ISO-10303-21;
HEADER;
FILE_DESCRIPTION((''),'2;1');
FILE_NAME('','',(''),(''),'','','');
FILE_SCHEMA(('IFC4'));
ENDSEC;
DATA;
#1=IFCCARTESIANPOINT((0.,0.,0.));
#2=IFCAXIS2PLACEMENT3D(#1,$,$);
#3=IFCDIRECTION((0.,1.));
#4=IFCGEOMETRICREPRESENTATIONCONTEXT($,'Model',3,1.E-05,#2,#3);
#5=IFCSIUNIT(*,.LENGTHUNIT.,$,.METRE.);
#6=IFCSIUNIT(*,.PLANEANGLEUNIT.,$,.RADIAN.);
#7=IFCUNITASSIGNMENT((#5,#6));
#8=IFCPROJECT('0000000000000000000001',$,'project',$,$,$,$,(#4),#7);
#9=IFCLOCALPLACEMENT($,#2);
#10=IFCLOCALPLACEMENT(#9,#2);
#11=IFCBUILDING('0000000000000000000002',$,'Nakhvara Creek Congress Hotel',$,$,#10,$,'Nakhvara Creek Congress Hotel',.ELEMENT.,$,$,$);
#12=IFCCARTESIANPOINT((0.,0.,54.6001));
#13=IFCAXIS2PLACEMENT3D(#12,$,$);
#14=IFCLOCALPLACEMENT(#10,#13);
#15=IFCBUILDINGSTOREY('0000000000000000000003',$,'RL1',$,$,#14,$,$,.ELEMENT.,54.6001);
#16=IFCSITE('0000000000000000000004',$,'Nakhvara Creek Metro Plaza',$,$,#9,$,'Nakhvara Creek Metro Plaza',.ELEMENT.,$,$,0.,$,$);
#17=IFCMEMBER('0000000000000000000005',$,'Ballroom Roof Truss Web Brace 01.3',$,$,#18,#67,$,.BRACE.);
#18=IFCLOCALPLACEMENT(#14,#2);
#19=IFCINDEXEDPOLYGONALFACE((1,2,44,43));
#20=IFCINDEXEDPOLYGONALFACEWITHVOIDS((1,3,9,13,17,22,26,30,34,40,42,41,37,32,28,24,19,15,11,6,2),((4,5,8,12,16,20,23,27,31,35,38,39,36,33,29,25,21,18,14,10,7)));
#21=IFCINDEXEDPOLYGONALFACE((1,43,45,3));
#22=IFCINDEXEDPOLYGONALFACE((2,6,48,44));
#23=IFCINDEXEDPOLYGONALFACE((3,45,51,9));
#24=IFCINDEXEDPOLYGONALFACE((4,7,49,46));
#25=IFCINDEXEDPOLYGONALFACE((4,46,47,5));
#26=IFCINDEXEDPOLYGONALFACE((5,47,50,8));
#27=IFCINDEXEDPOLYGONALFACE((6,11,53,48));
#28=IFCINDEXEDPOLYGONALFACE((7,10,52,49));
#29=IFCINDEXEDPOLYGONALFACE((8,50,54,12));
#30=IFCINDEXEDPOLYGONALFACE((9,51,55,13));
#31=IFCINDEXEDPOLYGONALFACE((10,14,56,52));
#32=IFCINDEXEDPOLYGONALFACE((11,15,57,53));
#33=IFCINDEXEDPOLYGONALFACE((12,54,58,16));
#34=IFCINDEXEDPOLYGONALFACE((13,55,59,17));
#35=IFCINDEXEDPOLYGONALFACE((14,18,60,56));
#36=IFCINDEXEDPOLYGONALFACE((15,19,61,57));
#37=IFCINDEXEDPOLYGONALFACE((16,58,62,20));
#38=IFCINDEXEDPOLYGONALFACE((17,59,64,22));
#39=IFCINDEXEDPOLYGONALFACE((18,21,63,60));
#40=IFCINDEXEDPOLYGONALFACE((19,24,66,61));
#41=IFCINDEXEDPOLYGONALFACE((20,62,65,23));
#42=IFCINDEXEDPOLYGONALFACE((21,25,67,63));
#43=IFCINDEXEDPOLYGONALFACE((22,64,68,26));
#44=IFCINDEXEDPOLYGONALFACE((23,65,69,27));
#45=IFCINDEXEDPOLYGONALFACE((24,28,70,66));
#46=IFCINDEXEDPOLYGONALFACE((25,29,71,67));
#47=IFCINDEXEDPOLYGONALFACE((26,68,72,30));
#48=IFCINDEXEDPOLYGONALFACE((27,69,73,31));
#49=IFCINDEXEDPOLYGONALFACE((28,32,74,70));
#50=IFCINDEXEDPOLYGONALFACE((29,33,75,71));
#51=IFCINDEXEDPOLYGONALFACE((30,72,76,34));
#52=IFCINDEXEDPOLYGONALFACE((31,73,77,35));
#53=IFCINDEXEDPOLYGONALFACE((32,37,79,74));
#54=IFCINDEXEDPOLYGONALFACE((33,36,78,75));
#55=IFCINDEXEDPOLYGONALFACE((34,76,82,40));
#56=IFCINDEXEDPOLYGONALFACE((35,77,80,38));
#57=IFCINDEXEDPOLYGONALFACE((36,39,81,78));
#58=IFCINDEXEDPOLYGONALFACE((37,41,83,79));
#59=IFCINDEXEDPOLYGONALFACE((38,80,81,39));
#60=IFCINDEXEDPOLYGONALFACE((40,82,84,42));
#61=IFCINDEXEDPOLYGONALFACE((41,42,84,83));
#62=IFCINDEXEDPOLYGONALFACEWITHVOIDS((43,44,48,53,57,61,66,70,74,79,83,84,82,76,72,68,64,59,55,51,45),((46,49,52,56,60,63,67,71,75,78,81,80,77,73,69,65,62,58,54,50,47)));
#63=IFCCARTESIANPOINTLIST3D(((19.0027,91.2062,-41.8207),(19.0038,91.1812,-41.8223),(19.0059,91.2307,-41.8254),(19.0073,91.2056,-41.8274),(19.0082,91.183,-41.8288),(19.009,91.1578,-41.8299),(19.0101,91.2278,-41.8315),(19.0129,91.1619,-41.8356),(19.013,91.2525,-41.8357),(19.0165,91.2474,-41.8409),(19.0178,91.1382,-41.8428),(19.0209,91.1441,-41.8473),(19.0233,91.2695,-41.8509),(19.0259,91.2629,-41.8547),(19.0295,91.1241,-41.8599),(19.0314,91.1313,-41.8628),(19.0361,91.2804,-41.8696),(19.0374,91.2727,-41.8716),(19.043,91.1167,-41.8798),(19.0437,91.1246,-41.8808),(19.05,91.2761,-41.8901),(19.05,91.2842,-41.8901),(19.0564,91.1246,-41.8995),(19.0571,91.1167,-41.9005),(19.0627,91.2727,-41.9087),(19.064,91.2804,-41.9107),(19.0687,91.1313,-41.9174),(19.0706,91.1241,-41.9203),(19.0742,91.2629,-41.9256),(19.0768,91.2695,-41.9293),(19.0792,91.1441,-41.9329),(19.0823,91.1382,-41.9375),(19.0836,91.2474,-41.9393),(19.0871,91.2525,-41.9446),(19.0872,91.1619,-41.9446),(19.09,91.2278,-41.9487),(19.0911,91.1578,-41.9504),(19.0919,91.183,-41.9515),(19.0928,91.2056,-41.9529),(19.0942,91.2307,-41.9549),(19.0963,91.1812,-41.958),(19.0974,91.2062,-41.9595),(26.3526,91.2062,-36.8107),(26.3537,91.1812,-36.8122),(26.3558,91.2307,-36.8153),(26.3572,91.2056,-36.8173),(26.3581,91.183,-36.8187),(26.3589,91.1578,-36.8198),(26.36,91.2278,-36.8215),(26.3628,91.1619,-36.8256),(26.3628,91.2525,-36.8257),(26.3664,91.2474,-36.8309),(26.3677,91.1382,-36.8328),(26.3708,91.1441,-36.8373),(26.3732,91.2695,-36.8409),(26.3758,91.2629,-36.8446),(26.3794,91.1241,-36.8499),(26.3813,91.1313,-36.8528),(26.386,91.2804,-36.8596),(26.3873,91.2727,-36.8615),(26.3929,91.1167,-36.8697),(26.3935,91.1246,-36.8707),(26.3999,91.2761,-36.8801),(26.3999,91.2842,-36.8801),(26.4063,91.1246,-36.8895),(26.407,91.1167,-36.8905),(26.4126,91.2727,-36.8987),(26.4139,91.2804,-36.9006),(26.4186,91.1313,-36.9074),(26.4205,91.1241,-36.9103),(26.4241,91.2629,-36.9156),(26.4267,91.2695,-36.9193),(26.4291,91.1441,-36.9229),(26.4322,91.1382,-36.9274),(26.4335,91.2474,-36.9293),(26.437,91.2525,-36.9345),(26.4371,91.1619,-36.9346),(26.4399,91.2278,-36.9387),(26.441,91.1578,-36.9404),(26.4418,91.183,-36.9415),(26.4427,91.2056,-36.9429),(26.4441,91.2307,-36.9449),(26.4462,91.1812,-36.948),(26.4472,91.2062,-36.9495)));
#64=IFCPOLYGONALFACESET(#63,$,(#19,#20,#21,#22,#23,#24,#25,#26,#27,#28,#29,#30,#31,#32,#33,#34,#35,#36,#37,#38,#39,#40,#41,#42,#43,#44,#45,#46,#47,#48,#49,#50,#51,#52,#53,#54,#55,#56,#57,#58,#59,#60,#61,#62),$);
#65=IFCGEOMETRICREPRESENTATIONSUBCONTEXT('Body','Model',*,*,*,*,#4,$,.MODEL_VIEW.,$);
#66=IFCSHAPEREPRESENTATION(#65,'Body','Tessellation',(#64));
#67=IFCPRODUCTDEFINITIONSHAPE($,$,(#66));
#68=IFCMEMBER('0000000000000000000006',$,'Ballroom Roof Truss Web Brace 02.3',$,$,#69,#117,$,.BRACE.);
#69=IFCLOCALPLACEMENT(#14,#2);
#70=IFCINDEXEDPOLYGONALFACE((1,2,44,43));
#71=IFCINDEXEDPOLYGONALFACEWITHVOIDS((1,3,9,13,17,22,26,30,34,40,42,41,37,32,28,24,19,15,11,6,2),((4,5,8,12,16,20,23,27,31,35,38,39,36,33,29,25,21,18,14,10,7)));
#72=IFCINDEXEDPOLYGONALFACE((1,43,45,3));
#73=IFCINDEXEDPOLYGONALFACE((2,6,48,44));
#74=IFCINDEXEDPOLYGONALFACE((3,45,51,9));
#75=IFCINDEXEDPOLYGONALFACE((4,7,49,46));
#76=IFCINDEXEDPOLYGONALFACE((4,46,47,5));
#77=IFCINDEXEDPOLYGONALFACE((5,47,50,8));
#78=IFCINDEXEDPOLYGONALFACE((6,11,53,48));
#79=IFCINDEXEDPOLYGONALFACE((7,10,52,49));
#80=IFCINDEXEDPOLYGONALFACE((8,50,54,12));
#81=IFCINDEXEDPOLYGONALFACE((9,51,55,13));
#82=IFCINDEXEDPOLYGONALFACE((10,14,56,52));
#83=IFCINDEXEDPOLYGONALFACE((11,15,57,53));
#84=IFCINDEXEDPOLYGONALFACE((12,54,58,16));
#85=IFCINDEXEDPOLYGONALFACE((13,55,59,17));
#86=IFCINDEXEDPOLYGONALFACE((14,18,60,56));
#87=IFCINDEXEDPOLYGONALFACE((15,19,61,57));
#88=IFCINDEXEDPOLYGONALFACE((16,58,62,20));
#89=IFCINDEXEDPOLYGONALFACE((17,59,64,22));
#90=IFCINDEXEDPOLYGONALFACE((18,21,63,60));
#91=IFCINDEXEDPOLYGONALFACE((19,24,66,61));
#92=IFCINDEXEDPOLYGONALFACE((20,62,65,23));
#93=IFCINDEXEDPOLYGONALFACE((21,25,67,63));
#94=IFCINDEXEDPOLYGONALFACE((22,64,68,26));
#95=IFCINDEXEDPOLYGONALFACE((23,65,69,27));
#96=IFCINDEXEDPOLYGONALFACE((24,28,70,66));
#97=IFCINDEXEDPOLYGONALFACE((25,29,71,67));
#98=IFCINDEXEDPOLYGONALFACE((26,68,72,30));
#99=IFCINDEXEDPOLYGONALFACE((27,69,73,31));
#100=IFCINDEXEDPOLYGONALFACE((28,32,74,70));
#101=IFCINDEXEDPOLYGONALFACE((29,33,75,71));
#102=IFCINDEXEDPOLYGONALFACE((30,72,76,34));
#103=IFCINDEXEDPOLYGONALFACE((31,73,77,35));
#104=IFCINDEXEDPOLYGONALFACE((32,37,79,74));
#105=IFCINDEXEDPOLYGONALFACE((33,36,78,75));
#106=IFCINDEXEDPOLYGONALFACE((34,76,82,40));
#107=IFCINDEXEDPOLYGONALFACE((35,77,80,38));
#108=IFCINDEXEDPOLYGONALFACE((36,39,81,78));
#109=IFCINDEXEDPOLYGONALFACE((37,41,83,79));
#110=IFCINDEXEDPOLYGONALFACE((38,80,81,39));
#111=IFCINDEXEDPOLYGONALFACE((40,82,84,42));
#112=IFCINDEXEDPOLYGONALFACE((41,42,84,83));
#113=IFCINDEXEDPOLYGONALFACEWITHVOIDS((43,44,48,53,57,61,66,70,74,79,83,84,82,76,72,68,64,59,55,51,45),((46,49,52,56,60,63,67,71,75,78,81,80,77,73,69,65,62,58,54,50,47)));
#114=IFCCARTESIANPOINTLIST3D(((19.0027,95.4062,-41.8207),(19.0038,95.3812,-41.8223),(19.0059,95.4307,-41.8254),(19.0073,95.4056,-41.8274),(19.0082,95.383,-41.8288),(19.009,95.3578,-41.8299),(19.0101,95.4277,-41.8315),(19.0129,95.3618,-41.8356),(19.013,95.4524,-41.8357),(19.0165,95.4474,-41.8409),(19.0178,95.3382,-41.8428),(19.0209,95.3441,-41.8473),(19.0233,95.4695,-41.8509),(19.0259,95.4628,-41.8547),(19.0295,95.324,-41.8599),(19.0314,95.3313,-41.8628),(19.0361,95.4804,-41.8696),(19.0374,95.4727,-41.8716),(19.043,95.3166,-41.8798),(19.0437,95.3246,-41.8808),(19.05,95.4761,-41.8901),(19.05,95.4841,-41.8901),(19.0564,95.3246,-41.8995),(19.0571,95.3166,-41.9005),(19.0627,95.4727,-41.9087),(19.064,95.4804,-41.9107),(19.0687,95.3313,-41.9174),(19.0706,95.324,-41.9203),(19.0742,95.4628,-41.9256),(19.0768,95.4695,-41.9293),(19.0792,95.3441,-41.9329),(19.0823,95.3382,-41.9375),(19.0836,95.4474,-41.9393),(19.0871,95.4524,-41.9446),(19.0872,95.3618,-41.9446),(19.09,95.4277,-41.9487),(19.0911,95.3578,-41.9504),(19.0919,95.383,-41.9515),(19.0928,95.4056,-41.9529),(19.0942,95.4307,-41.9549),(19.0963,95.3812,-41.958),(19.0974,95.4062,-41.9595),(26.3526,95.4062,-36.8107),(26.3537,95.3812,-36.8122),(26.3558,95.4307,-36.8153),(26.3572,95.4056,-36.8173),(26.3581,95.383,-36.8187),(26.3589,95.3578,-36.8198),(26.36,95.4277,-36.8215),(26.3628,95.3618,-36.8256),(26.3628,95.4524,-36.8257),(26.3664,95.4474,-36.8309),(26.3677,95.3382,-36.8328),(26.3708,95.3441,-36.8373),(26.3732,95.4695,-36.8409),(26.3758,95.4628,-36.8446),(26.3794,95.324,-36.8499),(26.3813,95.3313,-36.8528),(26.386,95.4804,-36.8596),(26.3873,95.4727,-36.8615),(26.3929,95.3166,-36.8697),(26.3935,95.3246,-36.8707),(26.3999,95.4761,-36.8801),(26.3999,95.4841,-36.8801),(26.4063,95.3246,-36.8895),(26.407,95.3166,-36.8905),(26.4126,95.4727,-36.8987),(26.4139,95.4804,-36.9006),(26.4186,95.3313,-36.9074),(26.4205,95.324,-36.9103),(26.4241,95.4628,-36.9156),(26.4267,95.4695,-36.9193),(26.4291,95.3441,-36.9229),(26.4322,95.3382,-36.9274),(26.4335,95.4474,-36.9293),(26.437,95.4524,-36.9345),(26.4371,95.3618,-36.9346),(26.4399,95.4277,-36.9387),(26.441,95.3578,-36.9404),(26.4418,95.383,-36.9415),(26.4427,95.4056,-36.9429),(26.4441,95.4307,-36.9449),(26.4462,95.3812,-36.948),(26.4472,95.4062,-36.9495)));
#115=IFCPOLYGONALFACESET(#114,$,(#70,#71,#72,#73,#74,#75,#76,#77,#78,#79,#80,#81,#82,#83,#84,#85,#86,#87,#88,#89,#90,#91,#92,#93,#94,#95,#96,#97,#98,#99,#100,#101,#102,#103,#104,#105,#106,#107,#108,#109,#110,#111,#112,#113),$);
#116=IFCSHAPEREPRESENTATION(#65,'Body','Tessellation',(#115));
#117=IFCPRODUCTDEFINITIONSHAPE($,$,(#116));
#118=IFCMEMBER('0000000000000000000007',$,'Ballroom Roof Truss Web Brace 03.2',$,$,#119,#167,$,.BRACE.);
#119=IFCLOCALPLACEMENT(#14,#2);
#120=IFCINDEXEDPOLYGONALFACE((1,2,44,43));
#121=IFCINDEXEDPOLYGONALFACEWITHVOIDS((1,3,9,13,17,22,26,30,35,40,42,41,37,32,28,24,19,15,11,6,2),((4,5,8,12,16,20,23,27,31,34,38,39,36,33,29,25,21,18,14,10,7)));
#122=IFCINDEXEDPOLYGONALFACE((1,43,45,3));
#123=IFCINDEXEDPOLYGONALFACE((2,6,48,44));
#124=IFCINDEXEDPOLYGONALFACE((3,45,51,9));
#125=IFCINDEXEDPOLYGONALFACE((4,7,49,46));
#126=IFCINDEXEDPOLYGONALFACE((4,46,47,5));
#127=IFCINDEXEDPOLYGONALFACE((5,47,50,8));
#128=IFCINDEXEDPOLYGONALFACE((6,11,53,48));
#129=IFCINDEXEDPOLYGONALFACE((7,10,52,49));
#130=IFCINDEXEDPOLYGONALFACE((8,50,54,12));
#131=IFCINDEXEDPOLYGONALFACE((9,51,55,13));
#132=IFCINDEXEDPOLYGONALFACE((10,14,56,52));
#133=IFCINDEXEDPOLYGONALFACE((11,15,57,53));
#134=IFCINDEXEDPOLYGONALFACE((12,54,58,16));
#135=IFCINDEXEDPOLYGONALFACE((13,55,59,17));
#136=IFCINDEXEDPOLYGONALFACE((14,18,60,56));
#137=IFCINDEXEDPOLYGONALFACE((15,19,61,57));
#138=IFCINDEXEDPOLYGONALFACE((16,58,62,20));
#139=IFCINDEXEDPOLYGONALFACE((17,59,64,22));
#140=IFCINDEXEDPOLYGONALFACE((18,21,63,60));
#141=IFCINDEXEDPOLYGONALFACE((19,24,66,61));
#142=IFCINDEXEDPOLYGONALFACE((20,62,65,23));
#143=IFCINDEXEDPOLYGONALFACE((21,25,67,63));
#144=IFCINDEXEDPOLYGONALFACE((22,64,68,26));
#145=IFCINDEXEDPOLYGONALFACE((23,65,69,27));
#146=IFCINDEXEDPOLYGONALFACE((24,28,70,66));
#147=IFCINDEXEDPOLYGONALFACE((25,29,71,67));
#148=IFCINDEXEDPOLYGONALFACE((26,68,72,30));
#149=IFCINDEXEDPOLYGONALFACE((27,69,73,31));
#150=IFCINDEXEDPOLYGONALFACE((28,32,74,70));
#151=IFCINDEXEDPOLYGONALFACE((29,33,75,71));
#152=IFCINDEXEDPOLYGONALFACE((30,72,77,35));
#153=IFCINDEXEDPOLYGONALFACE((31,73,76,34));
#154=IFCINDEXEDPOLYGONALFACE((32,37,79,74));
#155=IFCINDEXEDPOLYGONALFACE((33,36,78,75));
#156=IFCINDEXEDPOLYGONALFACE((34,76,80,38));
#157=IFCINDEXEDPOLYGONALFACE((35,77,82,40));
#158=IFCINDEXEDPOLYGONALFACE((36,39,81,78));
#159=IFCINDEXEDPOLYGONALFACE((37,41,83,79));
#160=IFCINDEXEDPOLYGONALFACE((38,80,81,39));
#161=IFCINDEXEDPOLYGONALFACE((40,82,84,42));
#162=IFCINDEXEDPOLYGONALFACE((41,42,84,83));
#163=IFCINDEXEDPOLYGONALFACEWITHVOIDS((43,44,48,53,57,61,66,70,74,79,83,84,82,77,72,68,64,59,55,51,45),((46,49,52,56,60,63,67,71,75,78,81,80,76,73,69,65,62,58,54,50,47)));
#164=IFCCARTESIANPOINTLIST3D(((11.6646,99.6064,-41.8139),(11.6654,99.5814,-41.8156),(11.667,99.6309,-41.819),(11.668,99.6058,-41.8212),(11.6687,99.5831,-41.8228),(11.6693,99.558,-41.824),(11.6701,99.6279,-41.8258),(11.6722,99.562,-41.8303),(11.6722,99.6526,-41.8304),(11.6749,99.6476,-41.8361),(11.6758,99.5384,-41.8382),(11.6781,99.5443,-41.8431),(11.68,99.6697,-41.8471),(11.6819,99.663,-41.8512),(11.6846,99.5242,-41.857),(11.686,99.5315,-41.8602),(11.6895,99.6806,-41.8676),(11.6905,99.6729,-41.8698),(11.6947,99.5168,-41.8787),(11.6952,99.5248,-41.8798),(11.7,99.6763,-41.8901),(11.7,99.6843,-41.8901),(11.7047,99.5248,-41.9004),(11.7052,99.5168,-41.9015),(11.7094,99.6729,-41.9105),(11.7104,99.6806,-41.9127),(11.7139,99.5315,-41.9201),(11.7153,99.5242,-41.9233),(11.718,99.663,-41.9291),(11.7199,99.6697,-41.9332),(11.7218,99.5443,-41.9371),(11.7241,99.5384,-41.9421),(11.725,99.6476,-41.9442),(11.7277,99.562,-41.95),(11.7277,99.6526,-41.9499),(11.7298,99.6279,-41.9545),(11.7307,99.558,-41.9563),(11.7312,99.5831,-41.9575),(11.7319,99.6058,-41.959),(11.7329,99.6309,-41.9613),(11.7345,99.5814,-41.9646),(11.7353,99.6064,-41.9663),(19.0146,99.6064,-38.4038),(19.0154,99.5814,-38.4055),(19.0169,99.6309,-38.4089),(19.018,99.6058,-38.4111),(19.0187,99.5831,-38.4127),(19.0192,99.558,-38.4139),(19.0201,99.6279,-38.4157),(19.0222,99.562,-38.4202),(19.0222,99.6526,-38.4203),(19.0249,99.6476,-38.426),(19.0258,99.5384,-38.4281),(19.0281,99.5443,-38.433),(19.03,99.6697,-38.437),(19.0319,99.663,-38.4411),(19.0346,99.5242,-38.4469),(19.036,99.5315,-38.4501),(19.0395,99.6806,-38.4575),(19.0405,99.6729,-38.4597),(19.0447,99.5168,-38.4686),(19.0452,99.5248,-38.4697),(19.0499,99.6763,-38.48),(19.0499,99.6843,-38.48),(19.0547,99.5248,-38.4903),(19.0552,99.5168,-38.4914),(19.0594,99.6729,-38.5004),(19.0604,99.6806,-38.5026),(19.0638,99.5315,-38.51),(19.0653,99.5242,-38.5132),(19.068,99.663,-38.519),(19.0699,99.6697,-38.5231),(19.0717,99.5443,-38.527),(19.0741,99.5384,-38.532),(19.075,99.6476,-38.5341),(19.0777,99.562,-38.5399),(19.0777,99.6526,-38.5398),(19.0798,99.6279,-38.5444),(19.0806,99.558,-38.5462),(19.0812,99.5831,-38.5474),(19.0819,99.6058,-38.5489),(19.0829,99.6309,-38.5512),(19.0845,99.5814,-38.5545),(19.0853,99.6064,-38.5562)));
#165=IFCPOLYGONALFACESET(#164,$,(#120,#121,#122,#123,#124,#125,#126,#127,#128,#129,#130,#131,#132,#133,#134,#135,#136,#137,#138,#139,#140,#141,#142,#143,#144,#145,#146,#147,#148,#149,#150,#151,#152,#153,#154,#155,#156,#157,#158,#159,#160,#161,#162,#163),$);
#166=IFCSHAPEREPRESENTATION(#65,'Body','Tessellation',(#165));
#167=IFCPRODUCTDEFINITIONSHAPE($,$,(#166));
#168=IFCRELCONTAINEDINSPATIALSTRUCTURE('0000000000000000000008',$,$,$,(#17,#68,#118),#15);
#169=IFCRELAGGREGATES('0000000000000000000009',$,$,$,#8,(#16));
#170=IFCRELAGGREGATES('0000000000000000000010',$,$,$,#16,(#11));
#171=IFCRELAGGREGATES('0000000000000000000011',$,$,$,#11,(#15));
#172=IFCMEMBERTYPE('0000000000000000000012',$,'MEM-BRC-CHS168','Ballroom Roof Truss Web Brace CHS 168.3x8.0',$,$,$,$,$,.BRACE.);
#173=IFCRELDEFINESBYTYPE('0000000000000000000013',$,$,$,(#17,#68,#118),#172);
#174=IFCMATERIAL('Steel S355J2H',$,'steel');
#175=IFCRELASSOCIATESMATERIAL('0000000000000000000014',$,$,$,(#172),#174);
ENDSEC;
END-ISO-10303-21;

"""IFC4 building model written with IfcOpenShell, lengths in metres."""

from ifc_helpers import new_model, si_unit, direction, frame, origin, origin_2d, place, context, subcontext, project, spatial, hollow_circle, extrude, material, material_profile, profile_set, type_object, element, save


model = new_model("IFC4")

# Units and contexts
model_context = context("Model", 3, precision=1e-05, world=origin(), true_north=direction((0.0, 1.0)))
body_context = subcontext(model_context, "Body", "Model", "MODEL_VIEW")
ifc_project = project(units=[si_unit("LENGTHUNIT", "METRE"), si_unit("PLANEANGLEUNIT", "RADIAN")], contexts=[model_context])

# Site, building, storey
site_placement = place(None, origin())
site = spatial("IfcSite", under=ifc_project, at=site_placement, Name="Nakhvara Creek Metro Plaza", LongName="Nakhvara Creek Metro Plaza", CompositionType="ELEMENT", RefElevation=0.0)
building_placement = place(site_placement, origin())
building = spatial("IfcBuilding", under=site, at=building_placement, Name="Nakhvara Creek Congress Hotel", LongName="Nakhvara Creek Congress Hotel", CompositionType="ELEMENT")
storey_placement = place(building_placement, frame((0.0, 0.0, 54.6001)))
storey = spatial("IfcBuildingStorey", under=building, at=storey_placement, Name="RL1", CompositionType="ELEMENT", Elevation=54.6001)

# Members
ifc_material_1 = material(Name="Steel S355J2H", Category="steel")
ifc_material_profile_1 = material_profile(ifc_material_1, hollow_circle(Radius=0.0842, WallThickness=0.0081, at=origin_2d()), Name="CHS 168.3x8.0", Category="LoadBearing")
ifc_profile_set_1 = profile_set([ifc_material_profile_1], Name="Steel S355J2H")
member_type_1 = type_object("IfcMemberType", Name="MEM-BRC-CHS168", Description="Ballroom Roof Truss Web Brace CHS 168.3x8.0", PredefinedType="BRACE", material=ifc_profile_set_1)
for number, where, z_axis, x_axis, name in (
    (1, (19.05, 91.2, -41.8901), (0.826293, 0.0, 0.563241), (0.0, 1.0, 0.0), "Ballroom Roof Truss Web Brace 01.3"),
    (2, (19.05, 95.3999, -41.8901), (0.826293, 0.0, 0.563241), (0.0, 1.0, 0.0), "Ballroom Roof Truss Web Brace 02.3"),
):
    element("IfcMember", number, at=place(storey_placement, frame(where, z_axis=z_axis, x_axis=x_axis)), inside=storey, type_object=member_type_1, Name=name, PredefinedType="BRACE", context=body_context, shape_type="SweptSolid", body=[
        extrude(hollow_circle(Radius=0.0842, WallThickness=0.0081, at=origin_2d()), origin(), (0.0, 0.0, 1.0), 8.895),
    ])
member_1_placement = place(storey_placement, frame((11.7, 99.6001, -41.8901), z_axis=(0.907122, 0.0, 0.420869), x_axis=(0.0, 1.0, 0.0)))
element("IfcMember", 3, at=member_1_placement, inside=storey, type_object=member_type_1, Name="Ballroom Roof Truss Web Brace 03.2", PredefinedType="BRACE", context=body_context, shape_type="SweptSolid", body=[
    extrude(hollow_circle(Radius=0.0842, WallThickness=0.0081, at=origin_2d()), origin(), (0.0, 0.0, 1.0), 8.1025),
])

save(model, "model.ifc")
